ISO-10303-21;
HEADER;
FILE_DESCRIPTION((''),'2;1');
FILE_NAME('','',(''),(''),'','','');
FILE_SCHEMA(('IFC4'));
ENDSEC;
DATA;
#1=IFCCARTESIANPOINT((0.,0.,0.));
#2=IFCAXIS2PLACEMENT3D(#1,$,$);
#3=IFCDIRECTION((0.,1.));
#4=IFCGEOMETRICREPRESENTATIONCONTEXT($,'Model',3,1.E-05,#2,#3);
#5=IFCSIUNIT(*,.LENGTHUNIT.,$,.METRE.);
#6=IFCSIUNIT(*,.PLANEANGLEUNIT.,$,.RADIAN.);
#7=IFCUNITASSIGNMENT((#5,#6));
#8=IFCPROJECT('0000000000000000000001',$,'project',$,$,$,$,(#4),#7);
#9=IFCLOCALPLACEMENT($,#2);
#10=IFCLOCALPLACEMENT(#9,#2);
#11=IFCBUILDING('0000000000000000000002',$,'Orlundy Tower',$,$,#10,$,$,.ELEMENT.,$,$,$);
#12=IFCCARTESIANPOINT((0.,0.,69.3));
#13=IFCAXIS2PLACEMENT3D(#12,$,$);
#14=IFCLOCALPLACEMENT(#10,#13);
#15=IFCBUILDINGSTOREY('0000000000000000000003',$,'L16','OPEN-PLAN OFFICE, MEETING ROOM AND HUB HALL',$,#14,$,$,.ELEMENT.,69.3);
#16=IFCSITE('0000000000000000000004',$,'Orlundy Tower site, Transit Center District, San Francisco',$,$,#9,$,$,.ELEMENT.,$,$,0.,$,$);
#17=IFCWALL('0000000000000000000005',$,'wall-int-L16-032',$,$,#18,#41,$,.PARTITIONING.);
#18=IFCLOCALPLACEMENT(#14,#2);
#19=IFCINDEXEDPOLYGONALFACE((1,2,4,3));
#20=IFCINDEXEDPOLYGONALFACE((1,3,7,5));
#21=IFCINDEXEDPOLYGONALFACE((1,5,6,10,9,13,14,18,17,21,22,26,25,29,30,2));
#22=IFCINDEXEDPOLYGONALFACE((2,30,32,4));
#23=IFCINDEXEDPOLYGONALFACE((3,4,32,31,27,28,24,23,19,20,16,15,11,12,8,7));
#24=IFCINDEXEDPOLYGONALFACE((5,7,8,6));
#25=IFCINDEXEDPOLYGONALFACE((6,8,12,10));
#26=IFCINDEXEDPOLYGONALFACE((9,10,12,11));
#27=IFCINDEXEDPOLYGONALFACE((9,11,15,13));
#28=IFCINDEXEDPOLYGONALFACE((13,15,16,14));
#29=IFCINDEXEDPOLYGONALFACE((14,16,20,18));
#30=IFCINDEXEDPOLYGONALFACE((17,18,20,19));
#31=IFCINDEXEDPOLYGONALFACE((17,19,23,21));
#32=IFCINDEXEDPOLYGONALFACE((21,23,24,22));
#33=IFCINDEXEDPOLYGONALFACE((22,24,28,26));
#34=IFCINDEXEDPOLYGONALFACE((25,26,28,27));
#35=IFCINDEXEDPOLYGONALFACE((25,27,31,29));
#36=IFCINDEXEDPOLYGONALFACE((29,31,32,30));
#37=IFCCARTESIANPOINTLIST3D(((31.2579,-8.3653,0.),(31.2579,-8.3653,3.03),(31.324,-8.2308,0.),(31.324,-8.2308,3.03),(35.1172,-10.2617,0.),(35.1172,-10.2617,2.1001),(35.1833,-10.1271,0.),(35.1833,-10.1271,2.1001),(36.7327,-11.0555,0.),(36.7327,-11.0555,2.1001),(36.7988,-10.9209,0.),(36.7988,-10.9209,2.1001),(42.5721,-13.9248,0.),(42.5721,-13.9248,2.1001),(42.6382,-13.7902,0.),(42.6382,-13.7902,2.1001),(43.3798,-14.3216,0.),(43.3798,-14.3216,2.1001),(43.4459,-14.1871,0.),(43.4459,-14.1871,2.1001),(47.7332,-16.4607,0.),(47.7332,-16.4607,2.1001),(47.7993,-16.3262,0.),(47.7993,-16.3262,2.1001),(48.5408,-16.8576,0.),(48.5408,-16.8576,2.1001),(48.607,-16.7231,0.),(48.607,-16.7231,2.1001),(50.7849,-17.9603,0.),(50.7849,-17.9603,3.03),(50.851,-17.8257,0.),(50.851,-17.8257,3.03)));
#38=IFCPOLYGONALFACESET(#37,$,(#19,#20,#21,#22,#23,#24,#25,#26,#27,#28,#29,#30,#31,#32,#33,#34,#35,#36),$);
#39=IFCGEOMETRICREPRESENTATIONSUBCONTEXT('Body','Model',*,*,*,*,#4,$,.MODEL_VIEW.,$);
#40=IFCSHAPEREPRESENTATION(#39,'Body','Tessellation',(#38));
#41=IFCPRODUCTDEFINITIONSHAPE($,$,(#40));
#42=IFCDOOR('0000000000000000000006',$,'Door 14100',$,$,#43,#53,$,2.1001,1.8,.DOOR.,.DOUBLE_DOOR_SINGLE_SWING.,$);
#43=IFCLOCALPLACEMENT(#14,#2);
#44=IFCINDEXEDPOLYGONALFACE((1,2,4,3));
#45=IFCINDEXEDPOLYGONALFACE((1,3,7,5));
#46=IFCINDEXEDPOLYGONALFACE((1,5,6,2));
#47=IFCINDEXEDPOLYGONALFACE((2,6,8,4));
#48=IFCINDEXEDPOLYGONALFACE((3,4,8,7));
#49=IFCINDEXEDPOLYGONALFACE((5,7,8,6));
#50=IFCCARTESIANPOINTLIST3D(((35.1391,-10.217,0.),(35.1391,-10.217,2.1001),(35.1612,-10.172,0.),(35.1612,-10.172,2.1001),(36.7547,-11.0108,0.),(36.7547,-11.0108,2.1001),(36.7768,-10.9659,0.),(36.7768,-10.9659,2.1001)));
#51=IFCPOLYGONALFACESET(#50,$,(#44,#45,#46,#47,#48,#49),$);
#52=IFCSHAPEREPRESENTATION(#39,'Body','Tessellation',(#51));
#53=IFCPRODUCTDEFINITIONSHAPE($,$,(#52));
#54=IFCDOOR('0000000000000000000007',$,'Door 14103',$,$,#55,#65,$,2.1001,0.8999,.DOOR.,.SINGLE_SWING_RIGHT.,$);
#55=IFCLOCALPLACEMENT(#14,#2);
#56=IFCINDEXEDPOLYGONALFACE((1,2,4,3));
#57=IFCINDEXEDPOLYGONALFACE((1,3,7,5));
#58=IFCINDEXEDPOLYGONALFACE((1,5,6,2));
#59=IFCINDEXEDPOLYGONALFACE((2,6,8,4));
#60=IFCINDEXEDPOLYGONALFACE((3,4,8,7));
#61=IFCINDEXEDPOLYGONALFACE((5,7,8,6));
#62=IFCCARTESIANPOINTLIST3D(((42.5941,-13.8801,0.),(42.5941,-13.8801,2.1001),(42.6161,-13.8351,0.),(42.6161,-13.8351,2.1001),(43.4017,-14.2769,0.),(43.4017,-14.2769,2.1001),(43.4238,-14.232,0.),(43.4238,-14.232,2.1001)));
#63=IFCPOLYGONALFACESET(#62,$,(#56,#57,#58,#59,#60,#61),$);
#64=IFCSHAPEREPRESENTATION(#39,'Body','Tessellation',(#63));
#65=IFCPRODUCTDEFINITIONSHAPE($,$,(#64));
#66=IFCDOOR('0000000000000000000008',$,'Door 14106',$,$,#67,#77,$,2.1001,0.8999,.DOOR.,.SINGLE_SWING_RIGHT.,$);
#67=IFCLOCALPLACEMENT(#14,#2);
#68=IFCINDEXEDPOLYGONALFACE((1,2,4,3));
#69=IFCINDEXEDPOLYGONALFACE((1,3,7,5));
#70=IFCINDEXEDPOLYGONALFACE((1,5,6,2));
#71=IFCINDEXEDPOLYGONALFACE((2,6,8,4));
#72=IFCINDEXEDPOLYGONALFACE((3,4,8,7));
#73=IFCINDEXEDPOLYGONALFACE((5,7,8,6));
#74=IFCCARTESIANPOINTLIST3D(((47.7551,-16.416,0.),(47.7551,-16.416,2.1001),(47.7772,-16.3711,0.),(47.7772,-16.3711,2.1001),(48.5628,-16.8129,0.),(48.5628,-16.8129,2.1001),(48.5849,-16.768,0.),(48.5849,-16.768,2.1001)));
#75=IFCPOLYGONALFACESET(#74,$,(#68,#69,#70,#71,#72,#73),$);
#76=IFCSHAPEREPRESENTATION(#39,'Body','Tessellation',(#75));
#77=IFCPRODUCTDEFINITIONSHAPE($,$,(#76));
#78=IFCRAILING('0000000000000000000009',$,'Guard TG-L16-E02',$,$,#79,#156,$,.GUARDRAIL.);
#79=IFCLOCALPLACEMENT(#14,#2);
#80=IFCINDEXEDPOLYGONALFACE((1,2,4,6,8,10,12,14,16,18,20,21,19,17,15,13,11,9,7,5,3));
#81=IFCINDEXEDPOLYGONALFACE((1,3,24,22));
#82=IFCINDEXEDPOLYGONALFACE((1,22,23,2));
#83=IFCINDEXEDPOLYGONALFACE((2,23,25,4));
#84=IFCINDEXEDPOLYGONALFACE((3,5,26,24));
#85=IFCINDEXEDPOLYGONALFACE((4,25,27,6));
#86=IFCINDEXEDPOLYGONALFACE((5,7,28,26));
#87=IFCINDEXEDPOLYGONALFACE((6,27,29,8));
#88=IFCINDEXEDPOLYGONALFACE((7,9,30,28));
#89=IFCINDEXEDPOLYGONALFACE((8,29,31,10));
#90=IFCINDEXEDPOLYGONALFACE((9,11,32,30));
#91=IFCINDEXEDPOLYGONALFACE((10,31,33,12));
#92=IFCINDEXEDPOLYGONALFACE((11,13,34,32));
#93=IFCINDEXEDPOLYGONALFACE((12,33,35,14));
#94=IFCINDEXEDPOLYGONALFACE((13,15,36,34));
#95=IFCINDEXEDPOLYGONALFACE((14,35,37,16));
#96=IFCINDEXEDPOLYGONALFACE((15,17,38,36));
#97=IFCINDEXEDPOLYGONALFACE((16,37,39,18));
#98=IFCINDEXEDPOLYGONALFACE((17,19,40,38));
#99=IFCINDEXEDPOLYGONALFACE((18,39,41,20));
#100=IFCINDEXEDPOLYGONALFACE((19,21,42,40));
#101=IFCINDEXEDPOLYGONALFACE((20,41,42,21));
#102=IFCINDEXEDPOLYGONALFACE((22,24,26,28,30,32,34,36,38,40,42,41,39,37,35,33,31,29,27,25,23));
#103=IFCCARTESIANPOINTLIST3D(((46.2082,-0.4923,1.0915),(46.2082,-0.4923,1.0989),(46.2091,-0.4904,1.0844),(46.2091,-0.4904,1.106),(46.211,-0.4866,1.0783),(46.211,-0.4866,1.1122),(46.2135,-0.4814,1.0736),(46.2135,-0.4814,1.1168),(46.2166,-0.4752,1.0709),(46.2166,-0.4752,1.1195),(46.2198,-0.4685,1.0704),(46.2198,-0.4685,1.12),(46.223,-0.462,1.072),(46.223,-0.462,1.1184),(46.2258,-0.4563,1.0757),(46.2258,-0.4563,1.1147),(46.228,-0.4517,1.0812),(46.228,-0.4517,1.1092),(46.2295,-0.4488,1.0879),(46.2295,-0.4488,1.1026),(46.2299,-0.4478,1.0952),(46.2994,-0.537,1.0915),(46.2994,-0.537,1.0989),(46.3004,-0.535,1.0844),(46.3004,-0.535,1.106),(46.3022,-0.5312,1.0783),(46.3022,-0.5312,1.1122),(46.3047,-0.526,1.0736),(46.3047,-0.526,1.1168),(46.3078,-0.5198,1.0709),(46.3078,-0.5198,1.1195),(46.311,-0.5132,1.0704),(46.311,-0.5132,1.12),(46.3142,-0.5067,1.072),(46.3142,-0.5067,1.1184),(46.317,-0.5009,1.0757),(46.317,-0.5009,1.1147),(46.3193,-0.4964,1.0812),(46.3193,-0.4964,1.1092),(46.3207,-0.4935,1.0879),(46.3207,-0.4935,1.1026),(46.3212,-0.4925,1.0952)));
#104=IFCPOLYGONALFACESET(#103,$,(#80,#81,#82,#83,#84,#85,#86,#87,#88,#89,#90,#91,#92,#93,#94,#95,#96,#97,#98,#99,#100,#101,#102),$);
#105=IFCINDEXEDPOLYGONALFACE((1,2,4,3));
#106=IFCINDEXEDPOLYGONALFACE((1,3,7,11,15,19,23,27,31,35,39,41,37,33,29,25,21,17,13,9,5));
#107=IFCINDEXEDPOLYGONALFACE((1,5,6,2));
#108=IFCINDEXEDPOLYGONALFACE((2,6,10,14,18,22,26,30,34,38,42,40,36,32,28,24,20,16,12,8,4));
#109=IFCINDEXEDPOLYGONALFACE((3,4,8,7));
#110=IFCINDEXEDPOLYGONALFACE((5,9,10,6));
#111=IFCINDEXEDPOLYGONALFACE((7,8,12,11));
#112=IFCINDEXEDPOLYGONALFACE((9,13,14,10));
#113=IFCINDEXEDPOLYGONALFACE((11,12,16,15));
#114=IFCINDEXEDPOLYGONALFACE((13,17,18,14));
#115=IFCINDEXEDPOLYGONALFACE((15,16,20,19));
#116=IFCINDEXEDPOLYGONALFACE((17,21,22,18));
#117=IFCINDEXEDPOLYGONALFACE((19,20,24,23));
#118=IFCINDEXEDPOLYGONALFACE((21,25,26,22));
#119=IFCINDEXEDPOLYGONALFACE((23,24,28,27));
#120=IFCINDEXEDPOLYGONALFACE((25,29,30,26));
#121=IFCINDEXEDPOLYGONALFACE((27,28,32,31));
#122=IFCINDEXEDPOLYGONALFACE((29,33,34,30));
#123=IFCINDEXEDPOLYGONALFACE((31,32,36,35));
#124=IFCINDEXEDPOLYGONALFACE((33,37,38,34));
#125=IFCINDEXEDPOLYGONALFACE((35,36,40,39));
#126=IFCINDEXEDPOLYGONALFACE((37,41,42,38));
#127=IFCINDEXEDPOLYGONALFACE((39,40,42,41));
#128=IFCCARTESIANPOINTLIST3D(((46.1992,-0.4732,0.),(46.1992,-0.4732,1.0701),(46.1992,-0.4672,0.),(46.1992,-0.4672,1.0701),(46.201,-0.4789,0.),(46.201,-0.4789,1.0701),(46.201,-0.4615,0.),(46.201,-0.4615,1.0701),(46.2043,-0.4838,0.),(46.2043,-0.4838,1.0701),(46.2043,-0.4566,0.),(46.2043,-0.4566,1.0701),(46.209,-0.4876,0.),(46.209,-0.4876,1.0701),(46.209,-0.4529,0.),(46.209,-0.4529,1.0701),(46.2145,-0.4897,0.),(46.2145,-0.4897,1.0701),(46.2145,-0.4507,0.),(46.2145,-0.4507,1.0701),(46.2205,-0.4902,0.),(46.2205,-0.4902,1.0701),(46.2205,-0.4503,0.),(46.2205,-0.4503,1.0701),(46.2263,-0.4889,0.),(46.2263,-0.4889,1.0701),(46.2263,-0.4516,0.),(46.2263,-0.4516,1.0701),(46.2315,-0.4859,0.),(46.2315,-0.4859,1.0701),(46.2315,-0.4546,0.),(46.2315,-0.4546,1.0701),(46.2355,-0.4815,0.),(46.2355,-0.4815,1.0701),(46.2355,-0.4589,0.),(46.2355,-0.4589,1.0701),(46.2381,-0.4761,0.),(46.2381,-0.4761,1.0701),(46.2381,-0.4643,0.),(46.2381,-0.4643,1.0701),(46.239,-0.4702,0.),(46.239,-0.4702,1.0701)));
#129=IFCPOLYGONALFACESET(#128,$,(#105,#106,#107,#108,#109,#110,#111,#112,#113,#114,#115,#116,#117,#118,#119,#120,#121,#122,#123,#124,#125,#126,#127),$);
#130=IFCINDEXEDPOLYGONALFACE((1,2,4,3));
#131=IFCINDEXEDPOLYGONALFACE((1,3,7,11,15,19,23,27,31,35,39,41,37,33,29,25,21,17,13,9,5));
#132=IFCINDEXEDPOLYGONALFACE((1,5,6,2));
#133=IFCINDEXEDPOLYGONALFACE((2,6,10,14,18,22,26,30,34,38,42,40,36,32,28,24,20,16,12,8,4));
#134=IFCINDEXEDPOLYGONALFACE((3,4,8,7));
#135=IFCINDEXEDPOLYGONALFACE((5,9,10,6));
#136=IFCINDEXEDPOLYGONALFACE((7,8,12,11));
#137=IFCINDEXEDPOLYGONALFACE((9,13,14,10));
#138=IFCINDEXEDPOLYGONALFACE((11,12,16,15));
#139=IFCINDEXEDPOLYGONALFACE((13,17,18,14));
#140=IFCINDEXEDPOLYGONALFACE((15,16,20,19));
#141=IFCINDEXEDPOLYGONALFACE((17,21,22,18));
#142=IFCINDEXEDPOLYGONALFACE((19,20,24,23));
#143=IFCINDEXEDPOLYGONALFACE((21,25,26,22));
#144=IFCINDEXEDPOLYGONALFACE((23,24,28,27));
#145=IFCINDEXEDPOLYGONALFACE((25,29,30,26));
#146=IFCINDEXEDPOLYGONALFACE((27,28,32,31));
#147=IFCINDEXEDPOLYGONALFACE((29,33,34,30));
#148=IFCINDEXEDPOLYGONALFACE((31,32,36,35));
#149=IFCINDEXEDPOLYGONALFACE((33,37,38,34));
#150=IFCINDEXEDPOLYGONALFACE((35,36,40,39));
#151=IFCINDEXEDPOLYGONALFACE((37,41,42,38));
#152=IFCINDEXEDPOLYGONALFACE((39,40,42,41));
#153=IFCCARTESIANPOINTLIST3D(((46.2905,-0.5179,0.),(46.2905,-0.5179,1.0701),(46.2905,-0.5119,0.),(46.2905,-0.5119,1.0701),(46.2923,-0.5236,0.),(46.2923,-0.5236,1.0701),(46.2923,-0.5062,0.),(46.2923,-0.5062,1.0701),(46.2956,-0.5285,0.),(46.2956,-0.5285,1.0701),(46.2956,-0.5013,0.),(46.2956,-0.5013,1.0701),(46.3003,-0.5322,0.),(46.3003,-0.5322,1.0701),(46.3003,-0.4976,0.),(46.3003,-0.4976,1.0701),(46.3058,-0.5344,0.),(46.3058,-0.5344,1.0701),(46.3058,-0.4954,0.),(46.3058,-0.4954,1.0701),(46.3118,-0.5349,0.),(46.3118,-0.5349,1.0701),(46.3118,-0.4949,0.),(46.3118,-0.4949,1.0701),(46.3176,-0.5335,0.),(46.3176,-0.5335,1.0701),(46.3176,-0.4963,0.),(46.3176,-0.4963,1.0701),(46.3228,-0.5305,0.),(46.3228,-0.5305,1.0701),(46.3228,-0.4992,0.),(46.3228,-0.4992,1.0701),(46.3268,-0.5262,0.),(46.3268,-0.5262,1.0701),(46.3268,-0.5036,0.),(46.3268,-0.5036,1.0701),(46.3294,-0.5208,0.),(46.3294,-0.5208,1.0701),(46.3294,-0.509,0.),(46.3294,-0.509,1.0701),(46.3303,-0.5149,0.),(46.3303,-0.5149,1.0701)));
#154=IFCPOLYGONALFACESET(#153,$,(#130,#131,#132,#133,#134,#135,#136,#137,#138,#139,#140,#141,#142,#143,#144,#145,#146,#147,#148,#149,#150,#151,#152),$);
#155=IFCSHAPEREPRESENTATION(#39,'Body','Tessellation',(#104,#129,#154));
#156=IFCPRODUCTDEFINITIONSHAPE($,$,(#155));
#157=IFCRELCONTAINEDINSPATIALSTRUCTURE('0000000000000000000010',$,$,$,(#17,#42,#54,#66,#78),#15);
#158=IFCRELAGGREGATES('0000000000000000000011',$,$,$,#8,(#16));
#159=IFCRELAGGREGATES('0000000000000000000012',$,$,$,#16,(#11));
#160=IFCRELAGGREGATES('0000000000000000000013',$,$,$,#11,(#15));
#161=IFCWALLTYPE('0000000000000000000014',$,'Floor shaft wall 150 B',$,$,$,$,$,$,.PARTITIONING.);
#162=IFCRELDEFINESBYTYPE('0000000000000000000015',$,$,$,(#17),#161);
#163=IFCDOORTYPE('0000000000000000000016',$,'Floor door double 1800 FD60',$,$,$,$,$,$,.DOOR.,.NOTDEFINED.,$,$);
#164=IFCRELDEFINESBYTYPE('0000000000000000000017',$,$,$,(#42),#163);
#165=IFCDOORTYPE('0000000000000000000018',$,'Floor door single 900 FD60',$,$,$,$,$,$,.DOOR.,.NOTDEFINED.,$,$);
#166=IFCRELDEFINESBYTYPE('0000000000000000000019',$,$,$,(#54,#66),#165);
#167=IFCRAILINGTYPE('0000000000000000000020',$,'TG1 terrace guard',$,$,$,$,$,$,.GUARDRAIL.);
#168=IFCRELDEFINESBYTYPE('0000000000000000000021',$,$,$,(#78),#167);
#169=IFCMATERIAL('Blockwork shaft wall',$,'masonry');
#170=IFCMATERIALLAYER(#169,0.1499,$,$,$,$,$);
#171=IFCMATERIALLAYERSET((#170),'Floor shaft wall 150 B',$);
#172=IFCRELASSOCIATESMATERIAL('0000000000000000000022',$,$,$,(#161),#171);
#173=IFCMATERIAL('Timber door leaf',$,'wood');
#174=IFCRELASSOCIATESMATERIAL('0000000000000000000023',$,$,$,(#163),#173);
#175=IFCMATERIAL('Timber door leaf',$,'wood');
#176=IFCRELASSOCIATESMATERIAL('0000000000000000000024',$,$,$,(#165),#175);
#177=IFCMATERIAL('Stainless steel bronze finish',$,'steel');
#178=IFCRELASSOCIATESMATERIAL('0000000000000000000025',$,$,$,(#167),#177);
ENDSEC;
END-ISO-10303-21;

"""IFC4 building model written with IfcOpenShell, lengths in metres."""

from ifc_helpers import new_model, si_unit, direction, frame, frame_2d, origin, origin_2d, place, context, subcontext, project, spatial, rectangle, circle, extrude, material, layer, layer_set, type_object, element, fill, save


model = new_model("IFC4")

# Units and contexts
model_context = context("Model", 3, precision=1e-05, world=origin(), true_north=direction((0.0, 1.0)))
body_context = subcontext(model_context, "Body", "Model", "MODEL_VIEW")
ifc_project = project(units=[si_unit("LENGTHUNIT", "METRE"), si_unit("PLANEANGLEUNIT", "RADIAN")], contexts=[model_context])

# Site, building, storey
site_placement = place(None, origin())
site = spatial("IfcSite", under=ifc_project, at=site_placement, Name="Orlundy Tower site, Transit Center District, San Francisco", CompositionType="ELEMENT", RefElevation=0.0)
building_placement = place(site_placement, origin())
building = spatial("IfcBuilding", under=site, at=building_placement, Name="Orlundy Tower", CompositionType="ELEMENT")
storey_placement = place(building_placement, frame((0.0, 0.0, 69.3)))
storey = spatial("IfcBuildingStorey", under=building, at=storey_placement, Name="L16", Description="OPEN-PLAN OFFICE, MEETING ROOM AND HUB HALL", CompositionType="ELEMENT", Elevation=69.3)

# Wall, openings, doors
ifc_material_1 = material(Name="Blockwork shaft wall", Category="masonry")
ifc_layer_1 = layer(ifc_material_1, 0.1499)
ifc_layer_set_1 = layer_set([ifc_layer_1], Name="Floor shaft wall 150 B")
wall_type = type_object("IfcWallType", Name="Floor shaft wall 150 B", PredefinedType="PARTITIONING", material=ifc_layer_set_1)
wall_placement = place(storey_placement, frame((31.291, -8.2981, 0.0), z_axis=(0.0, 0.0, 1.0), x_axis=(0.897505, -0.441004, 0.0)))
wall = element("IfcWall", 1, at=wall_placement, inside=storey, type_object=wall_type, Name="wall-int-L16-032", PredefinedType="PARTITIONING", context=body_context, shape_type="SweptSolid", body=[
    extrude(rectangle(XDim=21.7571, YDim=0.1499, at=frame_2d((10.8784, 0.0))), origin(), (0.0, 0.0, 1.0), 3.03),
])
opening_1_placement = place(wall_placement, frame((4.3, 0.0, 0.0)))
opening_1 = element("IfcOpeningElement", 2, at=opening_1_placement, cuts=wall, PredefinedType="OPENING", context=body_context, shape_type="SweptSolid", body=[
    extrude(rectangle(XDim=1.8, YDim=2.1001, at=frame_2d((0.8999, 1.05))), frame((0.0, 0.085, 0.0), z_axis=(0.0, -1.0, 0.0), x_axis=(1.0, 0.0, 0.0)), (0.0, 0.0, 1.0), 0.1699),
])
opening_2_placement = place(wall_placement, frame((12.6062, 0.0, 0.0)))
opening_2 = element("IfcOpeningElement", 3, at=opening_2_placement, cuts=wall, PredefinedType="OPENING", context=body_context, shape_type="SweptSolid", body=[
    extrude(rectangle(XDim=0.8999, YDim=2.1001, at=frame_2d((0.45, 1.05))), frame((0.0, 0.085, 0.0), z_axis=(0.0, -1.0, 0.0), x_axis=(1.0, 0.0, 0.0)), (0.0, 0.0, 1.0), 0.1699),
])
opening_3_placement = place(wall_placement, frame((18.3567, 0.0, 0.0)))
opening_3 = element("IfcOpeningElement", 4, at=opening_3_placement, cuts=wall, PredefinedType="OPENING", context=body_context, shape_type="SweptSolid", body=[
    extrude(rectangle(XDim=0.8999, YDim=2.1001, at=frame_2d((0.45, 1.05))), frame((0.0, 0.085, 0.0), z_axis=(0.0, -1.0, 0.0), x_axis=(1.0, 0.0, 0.0)), (0.0, 0.0, 1.0), 0.1699),
])
ifc_material_2 = material(Name="Timber door leaf", Category="wood")
door_type_1 = type_object("IfcDoorType", Name="Floor door double 1800 FD60", OperationType="NOTDEFINED", PredefinedType="DOOR", material=ifc_material_2)
door_1_placement = place(opening_1_placement, origin())
door_1 = element("IfcDoor", 5, at=door_1_placement, inside=storey, type_object=door_type_1, Name="Door 14100", OperationType="DOUBLE_DOOR_SINGLE_SWING", OverallHeight=2.1001, OverallWidth=1.8, PredefinedType="DOOR", context=body_context, shape_type="SweptSolid", body=[
    extrude(rectangle(XDim=1.8, YDim=2.1001, at=frame_2d((0.8999, 1.05))), frame((0.0, 0.0249, 0.0), z_axis=(0.0, -1.0, 0.0), x_axis=(1.0, 0.0, 0.0)), (0.0, 0.0, 1.0), 0.05),
])
fill(opening_1, door_1)
ifc_material_3 = material(Name="Timber door leaf", Category="wood")
door_type_2 = type_object("IfcDoorType", Name="Floor door single 900 FD60", OperationType="NOTDEFINED", PredefinedType="DOOR", material=ifc_material_3)
door_2_placement = place(opening_2_placement, origin())
door_2 = element("IfcDoor", 6, at=door_2_placement, inside=storey, type_object=door_type_2, Name="Door 14103", OperationType="SINGLE_SWING_RIGHT", OverallHeight=2.1001, OverallWidth=0.8999, PredefinedType="DOOR", context=body_context, shape_type="SweptSolid", body=[
    extrude(rectangle(XDim=0.8999, YDim=2.1001, at=frame_2d((0.45, 1.05))), frame((0.0, 0.0249, 0.0), z_axis=(0.0, -1.0, 0.0), x_axis=(1.0, 0.0, 0.0)), (0.0, 0.0, 1.0), 0.05),
])
fill(opening_2, door_2)
door_3_placement = place(opening_3_placement, origin())
door_3 = element("IfcDoor", 7, at=door_3_placement, inside=storey, type_object=door_type_2, Name="Door 14106", OperationType="SINGLE_SWING_RIGHT", OverallHeight=2.1001, OverallWidth=0.8999, PredefinedType="DOOR", context=body_context, shape_type="SweptSolid", body=[
    extrude(rectangle(XDim=0.8999, YDim=2.1001, at=frame_2d((0.45, 1.05))), frame((0.0, 0.0249, 0.0), z_axis=(0.0, -1.0, 0.0), x_axis=(1.0, 0.0, 0.0)), (0.0, 0.0, 1.0), 0.05),
])
fill(opening_3, door_3)

# Railing
ifc_material_4 = material(Name="Stainless steel bronze finish", Category="steel")
railing_type = type_object("IfcRailingType", Name="TG1 terrace guard", PredefinedType="GUARDRAIL", material=ifc_material_4)
railing_placement = place(storey_placement, frame((46.219, -0.4702, 0.0)))
element("IfcRailing", 8, at=railing_placement, inside=storey, type_object=railing_type, Name="Guard TG-L16-E02", PredefinedType="GUARDRAIL", context=body_context, shape_type="SweptSolid", body=[
    extrude(circle(Radius=0.0249, at=origin_2d()), frame((0.0, 0.0, 1.0952), z_axis=(0.898237, -0.439512, 0.0), x_axis=(0.439512, 0.898237, 0.0)), (0.0, 0.0, 1.0), 0.1016),
    extrude(circle(Radius=0.02, at=origin_2d()), origin(), (0.0, 0.0, 1.0), 1.0701),
    extrude(circle(Radius=0.02, at=origin_2d()), frame((0.0913, -0.0447, 0.0)), (0.0, 0.0, 1.0), 1.0701),
])

save(model, "model.ifc")
